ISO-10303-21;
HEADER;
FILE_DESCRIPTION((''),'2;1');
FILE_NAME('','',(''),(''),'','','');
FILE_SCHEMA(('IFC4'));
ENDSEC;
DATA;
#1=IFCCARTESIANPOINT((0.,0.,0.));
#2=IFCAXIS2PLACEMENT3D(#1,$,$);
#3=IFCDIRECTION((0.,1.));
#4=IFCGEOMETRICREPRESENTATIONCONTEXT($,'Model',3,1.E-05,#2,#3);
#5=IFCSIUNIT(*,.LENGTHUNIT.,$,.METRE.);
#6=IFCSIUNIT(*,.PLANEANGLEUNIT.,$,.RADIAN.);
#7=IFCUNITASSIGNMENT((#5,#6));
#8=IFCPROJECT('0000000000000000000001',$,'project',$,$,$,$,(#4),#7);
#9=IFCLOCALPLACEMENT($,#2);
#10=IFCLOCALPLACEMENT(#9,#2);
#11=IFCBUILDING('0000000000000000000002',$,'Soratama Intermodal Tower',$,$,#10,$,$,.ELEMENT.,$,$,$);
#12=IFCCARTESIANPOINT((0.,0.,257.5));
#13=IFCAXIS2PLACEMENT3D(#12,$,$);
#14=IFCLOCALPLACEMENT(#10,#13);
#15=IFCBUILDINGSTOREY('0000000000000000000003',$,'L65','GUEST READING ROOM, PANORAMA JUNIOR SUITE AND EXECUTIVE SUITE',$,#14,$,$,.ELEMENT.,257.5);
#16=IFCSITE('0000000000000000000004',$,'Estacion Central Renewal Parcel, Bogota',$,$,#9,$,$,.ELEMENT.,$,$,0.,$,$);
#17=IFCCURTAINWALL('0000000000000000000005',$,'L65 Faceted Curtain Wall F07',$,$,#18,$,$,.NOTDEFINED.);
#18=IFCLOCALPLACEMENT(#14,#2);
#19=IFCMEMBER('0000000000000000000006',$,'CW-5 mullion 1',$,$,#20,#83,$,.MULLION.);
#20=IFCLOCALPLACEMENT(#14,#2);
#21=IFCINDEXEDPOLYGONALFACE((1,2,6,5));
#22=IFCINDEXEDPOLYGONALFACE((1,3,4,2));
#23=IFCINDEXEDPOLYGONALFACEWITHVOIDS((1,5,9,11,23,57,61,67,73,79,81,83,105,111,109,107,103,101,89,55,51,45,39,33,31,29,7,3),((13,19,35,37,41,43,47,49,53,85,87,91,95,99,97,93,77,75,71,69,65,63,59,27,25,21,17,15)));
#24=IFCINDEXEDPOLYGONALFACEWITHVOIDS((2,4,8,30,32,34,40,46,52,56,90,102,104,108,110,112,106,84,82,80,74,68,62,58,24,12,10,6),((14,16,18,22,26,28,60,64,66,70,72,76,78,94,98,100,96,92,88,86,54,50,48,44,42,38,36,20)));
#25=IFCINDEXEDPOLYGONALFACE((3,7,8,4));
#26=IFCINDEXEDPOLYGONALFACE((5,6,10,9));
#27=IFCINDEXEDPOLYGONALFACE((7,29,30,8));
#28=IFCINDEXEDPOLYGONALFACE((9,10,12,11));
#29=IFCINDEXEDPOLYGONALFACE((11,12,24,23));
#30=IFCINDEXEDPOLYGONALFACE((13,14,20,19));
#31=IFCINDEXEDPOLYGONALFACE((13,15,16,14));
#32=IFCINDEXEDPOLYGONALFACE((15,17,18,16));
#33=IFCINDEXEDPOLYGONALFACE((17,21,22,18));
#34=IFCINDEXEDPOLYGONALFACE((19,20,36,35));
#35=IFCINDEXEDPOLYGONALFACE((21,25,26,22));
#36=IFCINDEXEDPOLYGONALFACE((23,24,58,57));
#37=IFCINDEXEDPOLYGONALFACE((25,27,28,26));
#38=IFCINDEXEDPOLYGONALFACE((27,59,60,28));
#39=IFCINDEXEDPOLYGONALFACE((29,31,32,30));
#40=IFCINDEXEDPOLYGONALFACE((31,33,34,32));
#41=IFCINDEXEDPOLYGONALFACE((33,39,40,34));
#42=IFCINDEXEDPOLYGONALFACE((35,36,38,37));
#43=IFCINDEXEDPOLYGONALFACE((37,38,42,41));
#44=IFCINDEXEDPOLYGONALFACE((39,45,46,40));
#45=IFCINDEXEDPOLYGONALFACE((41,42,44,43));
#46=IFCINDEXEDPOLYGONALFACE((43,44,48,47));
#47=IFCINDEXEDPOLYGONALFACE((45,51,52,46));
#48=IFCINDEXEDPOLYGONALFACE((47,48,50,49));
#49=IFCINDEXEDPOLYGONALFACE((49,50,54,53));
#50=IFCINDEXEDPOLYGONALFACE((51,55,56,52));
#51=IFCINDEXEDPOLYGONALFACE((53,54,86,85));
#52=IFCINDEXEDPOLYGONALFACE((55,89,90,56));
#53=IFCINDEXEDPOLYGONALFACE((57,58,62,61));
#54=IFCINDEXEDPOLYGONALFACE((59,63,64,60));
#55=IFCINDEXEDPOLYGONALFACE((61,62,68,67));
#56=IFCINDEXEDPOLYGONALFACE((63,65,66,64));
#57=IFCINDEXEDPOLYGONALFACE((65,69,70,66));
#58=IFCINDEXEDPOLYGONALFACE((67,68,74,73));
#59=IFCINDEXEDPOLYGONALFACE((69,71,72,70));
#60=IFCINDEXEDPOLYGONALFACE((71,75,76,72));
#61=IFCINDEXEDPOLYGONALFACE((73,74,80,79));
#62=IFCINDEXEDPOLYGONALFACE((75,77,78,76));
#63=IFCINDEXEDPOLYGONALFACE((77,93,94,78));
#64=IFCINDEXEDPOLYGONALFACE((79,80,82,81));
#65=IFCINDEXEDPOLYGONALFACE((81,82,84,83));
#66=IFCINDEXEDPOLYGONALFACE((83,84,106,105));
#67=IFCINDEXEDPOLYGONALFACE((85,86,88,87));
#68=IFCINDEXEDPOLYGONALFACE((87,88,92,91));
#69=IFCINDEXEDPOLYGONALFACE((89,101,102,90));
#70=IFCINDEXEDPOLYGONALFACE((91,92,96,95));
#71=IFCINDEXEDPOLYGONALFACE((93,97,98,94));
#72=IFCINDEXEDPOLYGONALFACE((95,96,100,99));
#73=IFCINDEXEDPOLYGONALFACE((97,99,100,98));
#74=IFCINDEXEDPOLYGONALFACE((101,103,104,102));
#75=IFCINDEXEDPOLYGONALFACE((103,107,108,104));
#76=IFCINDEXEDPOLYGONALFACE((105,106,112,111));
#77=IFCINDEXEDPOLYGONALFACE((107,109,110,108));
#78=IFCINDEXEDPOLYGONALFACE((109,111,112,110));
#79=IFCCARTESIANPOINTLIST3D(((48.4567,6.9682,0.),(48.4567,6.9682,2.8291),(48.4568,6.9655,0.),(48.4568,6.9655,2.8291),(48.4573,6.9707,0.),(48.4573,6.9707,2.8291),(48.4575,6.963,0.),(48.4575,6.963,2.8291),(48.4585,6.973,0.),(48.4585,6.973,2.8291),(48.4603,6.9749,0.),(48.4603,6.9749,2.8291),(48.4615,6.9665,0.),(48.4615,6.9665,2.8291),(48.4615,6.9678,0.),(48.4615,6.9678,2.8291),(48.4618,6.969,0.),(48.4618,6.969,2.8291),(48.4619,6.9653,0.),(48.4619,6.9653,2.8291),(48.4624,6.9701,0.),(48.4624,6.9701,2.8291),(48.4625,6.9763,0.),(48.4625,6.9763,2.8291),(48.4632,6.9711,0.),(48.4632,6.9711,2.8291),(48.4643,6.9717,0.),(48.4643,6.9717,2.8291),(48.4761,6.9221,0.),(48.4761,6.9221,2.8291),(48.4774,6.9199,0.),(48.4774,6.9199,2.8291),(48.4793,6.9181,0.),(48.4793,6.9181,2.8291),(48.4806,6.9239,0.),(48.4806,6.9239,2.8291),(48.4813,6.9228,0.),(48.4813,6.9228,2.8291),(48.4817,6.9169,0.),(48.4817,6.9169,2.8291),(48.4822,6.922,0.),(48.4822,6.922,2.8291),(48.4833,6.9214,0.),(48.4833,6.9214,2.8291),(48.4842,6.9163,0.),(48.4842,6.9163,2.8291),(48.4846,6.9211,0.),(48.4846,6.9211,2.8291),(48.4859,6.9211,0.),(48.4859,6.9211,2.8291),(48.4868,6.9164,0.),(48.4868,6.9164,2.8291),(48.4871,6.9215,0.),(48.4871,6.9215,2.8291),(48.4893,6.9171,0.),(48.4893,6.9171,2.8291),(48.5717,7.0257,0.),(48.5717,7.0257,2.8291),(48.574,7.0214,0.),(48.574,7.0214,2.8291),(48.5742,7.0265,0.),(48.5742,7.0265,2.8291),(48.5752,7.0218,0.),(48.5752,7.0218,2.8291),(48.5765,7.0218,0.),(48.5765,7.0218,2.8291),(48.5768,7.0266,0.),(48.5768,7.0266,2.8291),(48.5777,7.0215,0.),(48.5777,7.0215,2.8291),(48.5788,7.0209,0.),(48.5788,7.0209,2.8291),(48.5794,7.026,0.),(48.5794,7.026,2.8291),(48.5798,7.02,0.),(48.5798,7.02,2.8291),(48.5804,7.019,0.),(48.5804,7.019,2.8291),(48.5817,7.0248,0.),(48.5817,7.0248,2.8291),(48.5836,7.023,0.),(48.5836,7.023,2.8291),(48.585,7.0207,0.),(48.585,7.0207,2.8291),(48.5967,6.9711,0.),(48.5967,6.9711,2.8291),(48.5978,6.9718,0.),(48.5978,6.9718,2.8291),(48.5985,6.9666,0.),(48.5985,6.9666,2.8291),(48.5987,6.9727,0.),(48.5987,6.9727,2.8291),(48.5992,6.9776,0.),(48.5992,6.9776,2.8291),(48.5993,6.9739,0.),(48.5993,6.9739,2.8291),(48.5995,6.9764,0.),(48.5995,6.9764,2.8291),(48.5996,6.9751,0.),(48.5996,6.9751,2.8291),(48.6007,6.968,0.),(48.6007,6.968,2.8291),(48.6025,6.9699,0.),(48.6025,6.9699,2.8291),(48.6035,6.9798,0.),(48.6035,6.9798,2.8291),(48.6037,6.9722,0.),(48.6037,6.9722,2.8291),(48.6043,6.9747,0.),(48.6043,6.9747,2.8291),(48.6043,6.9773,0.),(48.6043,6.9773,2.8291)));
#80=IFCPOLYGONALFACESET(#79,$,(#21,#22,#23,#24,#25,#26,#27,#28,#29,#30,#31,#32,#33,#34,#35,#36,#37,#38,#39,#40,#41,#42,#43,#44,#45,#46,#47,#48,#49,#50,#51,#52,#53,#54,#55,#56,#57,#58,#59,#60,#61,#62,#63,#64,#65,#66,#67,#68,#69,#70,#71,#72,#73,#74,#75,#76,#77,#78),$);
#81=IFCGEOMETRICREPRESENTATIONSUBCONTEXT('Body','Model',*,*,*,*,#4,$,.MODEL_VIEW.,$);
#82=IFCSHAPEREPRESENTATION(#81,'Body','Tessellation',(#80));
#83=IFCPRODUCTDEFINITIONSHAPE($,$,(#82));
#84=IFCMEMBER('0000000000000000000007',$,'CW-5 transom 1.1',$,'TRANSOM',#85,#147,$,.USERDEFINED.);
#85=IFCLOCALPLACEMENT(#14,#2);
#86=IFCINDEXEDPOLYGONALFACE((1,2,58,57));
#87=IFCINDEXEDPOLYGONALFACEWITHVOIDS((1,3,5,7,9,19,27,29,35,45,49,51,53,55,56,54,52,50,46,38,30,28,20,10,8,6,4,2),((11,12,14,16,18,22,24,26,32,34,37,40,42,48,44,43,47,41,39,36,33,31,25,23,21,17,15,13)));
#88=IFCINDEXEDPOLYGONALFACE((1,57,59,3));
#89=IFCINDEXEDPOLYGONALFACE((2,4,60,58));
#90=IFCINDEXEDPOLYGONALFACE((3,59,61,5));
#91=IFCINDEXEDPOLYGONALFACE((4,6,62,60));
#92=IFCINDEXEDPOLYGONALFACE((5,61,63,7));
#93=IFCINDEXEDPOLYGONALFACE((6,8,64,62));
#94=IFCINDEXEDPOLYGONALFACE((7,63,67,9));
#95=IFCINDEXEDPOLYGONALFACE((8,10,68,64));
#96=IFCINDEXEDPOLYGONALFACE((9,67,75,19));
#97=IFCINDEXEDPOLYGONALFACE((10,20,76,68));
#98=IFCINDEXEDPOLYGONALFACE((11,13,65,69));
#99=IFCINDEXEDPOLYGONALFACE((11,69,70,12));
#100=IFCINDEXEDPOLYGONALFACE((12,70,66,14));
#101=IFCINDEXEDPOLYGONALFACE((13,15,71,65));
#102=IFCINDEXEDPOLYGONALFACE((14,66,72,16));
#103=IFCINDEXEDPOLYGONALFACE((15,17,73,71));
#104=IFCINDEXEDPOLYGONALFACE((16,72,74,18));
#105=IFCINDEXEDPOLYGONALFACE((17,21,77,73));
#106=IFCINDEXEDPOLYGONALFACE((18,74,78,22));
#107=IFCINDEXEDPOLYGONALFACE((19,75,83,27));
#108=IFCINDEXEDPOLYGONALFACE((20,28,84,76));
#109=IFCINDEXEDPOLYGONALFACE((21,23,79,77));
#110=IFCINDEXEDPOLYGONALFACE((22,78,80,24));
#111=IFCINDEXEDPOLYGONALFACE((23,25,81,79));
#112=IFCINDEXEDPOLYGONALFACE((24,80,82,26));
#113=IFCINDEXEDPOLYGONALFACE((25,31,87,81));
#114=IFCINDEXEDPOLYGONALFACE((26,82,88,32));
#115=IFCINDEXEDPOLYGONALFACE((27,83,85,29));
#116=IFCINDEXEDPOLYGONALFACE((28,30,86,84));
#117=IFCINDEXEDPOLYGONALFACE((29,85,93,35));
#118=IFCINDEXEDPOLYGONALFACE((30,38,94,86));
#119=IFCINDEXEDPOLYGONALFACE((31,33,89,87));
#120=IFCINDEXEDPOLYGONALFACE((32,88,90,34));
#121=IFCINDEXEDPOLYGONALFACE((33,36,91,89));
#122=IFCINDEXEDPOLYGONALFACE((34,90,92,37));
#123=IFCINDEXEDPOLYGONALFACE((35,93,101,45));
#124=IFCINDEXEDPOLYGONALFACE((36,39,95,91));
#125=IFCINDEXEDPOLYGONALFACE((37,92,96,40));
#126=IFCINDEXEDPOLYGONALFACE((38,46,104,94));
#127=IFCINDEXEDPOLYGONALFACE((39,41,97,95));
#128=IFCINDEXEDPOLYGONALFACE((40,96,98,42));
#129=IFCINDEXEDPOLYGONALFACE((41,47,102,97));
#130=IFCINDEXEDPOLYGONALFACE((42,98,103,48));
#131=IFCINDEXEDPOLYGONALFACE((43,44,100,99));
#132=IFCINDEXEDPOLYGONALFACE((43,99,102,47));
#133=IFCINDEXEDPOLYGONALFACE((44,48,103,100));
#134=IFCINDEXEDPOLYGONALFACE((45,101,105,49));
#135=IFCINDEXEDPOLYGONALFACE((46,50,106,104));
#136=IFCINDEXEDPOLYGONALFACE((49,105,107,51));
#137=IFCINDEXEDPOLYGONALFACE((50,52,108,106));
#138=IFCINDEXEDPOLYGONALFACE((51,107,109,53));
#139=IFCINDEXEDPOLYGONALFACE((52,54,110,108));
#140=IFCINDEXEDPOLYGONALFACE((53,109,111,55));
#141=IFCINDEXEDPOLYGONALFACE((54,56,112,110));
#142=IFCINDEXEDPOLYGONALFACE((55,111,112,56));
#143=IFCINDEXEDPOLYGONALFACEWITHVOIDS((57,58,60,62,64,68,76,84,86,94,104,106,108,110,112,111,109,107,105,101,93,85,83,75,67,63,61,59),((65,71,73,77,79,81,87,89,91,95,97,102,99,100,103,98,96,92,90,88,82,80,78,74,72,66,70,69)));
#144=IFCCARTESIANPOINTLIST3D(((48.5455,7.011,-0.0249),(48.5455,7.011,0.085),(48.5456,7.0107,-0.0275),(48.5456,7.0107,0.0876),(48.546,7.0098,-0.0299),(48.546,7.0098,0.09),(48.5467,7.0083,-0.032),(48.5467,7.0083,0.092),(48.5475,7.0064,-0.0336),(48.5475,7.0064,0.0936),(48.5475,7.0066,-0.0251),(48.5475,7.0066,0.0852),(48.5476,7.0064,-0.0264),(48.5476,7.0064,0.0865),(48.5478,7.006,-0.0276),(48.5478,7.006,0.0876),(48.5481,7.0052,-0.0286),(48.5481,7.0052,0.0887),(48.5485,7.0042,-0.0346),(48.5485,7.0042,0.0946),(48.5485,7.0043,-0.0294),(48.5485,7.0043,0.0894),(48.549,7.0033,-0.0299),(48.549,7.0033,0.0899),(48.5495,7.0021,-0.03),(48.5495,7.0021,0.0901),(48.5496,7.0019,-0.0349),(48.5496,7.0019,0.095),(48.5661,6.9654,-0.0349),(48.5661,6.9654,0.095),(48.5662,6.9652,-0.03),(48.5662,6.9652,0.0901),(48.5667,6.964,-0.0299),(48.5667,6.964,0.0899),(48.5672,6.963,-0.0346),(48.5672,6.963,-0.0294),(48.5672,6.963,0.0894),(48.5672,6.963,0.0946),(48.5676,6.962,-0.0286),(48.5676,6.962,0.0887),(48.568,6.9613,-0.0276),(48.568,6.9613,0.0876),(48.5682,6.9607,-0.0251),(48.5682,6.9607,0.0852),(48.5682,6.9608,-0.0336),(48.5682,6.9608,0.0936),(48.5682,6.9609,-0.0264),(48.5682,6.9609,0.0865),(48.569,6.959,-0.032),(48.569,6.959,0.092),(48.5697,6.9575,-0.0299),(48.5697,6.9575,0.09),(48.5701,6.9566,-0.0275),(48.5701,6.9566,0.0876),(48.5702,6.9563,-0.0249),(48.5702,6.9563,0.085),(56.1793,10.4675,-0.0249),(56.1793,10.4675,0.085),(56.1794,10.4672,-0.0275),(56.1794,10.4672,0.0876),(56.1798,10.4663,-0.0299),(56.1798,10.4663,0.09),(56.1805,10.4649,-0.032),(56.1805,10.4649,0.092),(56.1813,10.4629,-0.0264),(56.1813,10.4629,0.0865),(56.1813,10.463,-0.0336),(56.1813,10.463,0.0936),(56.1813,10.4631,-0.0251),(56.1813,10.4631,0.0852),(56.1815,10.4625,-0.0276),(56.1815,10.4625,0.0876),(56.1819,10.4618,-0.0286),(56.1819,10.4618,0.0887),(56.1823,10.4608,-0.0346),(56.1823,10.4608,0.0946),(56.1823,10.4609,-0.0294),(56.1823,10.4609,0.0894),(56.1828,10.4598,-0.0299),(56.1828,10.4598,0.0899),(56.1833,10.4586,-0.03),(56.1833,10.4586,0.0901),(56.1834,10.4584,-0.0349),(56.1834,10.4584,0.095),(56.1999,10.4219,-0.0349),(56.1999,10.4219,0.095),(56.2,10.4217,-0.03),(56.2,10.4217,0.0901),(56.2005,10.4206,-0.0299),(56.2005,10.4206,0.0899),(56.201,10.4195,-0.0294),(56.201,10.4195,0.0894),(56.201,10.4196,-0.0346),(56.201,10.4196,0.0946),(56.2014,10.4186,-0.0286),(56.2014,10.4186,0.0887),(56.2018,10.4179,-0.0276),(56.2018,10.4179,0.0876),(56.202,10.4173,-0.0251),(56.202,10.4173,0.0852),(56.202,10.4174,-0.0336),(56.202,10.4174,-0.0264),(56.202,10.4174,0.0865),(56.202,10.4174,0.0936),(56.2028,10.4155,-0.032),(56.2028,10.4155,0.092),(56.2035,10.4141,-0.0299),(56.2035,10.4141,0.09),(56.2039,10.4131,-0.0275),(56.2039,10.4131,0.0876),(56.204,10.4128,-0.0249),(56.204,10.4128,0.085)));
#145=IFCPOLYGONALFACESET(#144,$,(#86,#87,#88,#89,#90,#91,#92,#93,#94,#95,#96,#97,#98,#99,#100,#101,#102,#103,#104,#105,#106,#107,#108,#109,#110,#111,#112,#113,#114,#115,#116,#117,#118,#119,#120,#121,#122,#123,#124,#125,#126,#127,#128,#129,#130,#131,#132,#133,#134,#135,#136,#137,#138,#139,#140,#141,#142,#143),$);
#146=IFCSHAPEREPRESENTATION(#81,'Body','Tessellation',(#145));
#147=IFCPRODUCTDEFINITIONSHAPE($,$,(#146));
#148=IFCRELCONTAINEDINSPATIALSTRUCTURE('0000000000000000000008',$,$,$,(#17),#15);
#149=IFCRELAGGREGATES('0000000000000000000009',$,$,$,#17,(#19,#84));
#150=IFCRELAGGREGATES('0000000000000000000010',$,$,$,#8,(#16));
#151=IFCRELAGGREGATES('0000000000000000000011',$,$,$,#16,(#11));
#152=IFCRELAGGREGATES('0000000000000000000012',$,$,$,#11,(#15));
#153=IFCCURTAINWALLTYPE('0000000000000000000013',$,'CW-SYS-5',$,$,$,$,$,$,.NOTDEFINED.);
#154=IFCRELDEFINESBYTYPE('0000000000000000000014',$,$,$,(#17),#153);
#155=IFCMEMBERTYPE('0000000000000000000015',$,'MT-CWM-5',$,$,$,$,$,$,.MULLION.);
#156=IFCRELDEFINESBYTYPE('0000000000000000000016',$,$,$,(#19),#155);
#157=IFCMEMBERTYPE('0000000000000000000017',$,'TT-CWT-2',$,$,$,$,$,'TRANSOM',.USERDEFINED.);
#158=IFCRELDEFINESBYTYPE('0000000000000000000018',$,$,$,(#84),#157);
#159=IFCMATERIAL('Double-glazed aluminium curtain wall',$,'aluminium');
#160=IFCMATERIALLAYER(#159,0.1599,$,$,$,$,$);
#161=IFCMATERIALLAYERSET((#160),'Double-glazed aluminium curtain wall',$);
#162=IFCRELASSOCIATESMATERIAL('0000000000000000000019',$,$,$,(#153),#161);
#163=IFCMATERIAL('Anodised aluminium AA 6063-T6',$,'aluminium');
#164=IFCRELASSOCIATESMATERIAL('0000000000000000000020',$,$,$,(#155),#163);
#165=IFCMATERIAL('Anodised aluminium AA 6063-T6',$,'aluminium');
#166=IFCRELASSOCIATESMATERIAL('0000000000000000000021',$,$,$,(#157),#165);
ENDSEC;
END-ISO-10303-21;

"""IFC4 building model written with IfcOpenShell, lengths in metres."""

from ifc_helpers import new_model, si_unit, direction, frame, origin, origin_2d, place, context, subcontext, project, spatial, hollow_rectangle, extrude, material, layer, layer_set, material_profile, profile_set, type_object, element, aggregate, save


model = new_model("IFC4")

# Units and contexts
model_context = context("Model", 3, precision=1e-05, world=origin(), true_north=direction((0.0, 1.0)))
body_context = subcontext(model_context, "Body", "Model", "MODEL_VIEW")
ifc_project = project(units=[si_unit("LENGTHUNIT", "METRE"), si_unit("PLANEANGLEUNIT", "RADIAN")], contexts=[model_context])

# Site, building, storey
site_placement = place(None, origin())
site = spatial("IfcSite", under=ifc_project, at=site_placement, Name="Estacion Central Renewal Parcel, Bogota", CompositionType="ELEMENT", RefElevation=0.0)
building_placement = place(site_placement, origin())
building = spatial("IfcBuilding", under=site, at=building_placement, Name="Soratama Intermodal Tower", CompositionType="ELEMENT")
storey_placement = place(building_placement, frame((0.0, 0.0, 257.5)))
storey = spatial("IfcBuildingStorey", under=building, at=storey_placement, Name="L65", Description="GUEST READING ROOM, PANORAMA JUNIOR SUITE AND EXECUTIVE SUITE", CompositionType="ELEMENT", Elevation=257.5)

# Curtain wall, members
ifc_material_1 = material(Name="Double-glazed aluminium curtain wall", Category="aluminium")
ifc_layer_1 = layer(ifc_material_1, 0.1599)
ifc_layer_set_1 = layer_set([ifc_layer_1], Name="Double-glazed aluminium curtain wall")
curtain_wall_type = type_object("IfcCurtainWallType", Name="CW-SYS-5", PredefinedType="NOTDEFINED", material=ifc_layer_set_1)
curtain_wall_placement = place(storey_placement, origin())
curtain_wall = element("IfcCurtainWall", 1, at=curtain_wall_placement, inside=storey, type_object=curtain_wall_type, Name="L65 Faceted Curtain Wall F07", PredefinedType="NOTDEFINED")
ifc_material_2 = material(Name="Anodised aluminium AA 6063-T6", Category="aluminium")
ifc_material_profile_1 = material_profile(ifc_material_2, hollow_rectangle(XDim=0.0649, YDim=0.1399, WallThickness=0.0049, InnerFilletRadius=0.0049, OuterFilletRadius=0.01, at=origin_2d()), Name="CWM140X65X5")
ifc_profile_set_1 = profile_set([ifc_material_profile_1], Name="Anodised aluminium AA 6063-T6")
member_type_1 = type_object("IfcMemberType", Name="MT-CWM-5", PredefinedType="MULLION", material=ifc_profile_set_1)
member_1_placement = place(storey_placement, frame((48.5305, 6.9714, 0.0), z_axis=(0.0, 0.0, 1.0), x_axis=(-0.412468, 0.910972, 0.0)))
member_1 = element("IfcMember", 2, at=member_1_placement, type_object=member_type_1, Name="CW-5 mullion 1", PredefinedType="MULLION", context=body_context, shape_type="SweptSolid", body=[
    extrude(hollow_rectangle(XDim=0.0649, YDim=0.1399, WallThickness=0.0049, InnerFilletRadius=0.0049, OuterFilletRadius=0.01, at=origin_2d()), origin(), (0.0, 0.0, 1.0), 2.8291),
])
ifc_material_3 = material(Name="Anodised aluminium AA 6063-T6", Category="aluminium")
ifc_material_profile_2 = material_profile(ifc_material_3, hollow_rectangle(XDim=0.0601, YDim=0.1299, WallThickness=0.0049, InnerFilletRadius=0.0049, OuterFilletRadius=0.01, at=origin_2d()), Name="CWT130X60X5")
ifc_profile_set_2 = profile_set([ifc_material_profile_2], Name="Anodised aluminium AA 6063-T6")
member_type_2 = type_object("IfcMemberType", Name="TT-CWT-2", ElementType="TRANSOM", PredefinedType="USERDEFINED", material=ifc_profile_set_2)
member_2_placement = place(storey_placement, frame((48.5579, 6.9836, 0.03), z_axis=(0.910966, 0.412481, 0.0), x_axis=(-0.412481, 0.910966, 0.0)))
member_2 = element("IfcMember", 3, at=member_2_placement, type_object=member_type_2, Name="CW-5 transom 1.1", ObjectType="TRANSOM", PredefinedType="USERDEFINED", context=body_context, shape_type="SweptSolid", body=[
    extrude(hollow_rectangle(XDim=0.0601, YDim=0.1299, WallThickness=0.0049, InnerFilletRadius=0.0049, OuterFilletRadius=0.01, at=origin_2d()), origin(), (0.0, 0.0, 1.0), 8.3799),
])
aggregate(curtain_wall, [member_1, member_2])

save(model, "model.ifc")
